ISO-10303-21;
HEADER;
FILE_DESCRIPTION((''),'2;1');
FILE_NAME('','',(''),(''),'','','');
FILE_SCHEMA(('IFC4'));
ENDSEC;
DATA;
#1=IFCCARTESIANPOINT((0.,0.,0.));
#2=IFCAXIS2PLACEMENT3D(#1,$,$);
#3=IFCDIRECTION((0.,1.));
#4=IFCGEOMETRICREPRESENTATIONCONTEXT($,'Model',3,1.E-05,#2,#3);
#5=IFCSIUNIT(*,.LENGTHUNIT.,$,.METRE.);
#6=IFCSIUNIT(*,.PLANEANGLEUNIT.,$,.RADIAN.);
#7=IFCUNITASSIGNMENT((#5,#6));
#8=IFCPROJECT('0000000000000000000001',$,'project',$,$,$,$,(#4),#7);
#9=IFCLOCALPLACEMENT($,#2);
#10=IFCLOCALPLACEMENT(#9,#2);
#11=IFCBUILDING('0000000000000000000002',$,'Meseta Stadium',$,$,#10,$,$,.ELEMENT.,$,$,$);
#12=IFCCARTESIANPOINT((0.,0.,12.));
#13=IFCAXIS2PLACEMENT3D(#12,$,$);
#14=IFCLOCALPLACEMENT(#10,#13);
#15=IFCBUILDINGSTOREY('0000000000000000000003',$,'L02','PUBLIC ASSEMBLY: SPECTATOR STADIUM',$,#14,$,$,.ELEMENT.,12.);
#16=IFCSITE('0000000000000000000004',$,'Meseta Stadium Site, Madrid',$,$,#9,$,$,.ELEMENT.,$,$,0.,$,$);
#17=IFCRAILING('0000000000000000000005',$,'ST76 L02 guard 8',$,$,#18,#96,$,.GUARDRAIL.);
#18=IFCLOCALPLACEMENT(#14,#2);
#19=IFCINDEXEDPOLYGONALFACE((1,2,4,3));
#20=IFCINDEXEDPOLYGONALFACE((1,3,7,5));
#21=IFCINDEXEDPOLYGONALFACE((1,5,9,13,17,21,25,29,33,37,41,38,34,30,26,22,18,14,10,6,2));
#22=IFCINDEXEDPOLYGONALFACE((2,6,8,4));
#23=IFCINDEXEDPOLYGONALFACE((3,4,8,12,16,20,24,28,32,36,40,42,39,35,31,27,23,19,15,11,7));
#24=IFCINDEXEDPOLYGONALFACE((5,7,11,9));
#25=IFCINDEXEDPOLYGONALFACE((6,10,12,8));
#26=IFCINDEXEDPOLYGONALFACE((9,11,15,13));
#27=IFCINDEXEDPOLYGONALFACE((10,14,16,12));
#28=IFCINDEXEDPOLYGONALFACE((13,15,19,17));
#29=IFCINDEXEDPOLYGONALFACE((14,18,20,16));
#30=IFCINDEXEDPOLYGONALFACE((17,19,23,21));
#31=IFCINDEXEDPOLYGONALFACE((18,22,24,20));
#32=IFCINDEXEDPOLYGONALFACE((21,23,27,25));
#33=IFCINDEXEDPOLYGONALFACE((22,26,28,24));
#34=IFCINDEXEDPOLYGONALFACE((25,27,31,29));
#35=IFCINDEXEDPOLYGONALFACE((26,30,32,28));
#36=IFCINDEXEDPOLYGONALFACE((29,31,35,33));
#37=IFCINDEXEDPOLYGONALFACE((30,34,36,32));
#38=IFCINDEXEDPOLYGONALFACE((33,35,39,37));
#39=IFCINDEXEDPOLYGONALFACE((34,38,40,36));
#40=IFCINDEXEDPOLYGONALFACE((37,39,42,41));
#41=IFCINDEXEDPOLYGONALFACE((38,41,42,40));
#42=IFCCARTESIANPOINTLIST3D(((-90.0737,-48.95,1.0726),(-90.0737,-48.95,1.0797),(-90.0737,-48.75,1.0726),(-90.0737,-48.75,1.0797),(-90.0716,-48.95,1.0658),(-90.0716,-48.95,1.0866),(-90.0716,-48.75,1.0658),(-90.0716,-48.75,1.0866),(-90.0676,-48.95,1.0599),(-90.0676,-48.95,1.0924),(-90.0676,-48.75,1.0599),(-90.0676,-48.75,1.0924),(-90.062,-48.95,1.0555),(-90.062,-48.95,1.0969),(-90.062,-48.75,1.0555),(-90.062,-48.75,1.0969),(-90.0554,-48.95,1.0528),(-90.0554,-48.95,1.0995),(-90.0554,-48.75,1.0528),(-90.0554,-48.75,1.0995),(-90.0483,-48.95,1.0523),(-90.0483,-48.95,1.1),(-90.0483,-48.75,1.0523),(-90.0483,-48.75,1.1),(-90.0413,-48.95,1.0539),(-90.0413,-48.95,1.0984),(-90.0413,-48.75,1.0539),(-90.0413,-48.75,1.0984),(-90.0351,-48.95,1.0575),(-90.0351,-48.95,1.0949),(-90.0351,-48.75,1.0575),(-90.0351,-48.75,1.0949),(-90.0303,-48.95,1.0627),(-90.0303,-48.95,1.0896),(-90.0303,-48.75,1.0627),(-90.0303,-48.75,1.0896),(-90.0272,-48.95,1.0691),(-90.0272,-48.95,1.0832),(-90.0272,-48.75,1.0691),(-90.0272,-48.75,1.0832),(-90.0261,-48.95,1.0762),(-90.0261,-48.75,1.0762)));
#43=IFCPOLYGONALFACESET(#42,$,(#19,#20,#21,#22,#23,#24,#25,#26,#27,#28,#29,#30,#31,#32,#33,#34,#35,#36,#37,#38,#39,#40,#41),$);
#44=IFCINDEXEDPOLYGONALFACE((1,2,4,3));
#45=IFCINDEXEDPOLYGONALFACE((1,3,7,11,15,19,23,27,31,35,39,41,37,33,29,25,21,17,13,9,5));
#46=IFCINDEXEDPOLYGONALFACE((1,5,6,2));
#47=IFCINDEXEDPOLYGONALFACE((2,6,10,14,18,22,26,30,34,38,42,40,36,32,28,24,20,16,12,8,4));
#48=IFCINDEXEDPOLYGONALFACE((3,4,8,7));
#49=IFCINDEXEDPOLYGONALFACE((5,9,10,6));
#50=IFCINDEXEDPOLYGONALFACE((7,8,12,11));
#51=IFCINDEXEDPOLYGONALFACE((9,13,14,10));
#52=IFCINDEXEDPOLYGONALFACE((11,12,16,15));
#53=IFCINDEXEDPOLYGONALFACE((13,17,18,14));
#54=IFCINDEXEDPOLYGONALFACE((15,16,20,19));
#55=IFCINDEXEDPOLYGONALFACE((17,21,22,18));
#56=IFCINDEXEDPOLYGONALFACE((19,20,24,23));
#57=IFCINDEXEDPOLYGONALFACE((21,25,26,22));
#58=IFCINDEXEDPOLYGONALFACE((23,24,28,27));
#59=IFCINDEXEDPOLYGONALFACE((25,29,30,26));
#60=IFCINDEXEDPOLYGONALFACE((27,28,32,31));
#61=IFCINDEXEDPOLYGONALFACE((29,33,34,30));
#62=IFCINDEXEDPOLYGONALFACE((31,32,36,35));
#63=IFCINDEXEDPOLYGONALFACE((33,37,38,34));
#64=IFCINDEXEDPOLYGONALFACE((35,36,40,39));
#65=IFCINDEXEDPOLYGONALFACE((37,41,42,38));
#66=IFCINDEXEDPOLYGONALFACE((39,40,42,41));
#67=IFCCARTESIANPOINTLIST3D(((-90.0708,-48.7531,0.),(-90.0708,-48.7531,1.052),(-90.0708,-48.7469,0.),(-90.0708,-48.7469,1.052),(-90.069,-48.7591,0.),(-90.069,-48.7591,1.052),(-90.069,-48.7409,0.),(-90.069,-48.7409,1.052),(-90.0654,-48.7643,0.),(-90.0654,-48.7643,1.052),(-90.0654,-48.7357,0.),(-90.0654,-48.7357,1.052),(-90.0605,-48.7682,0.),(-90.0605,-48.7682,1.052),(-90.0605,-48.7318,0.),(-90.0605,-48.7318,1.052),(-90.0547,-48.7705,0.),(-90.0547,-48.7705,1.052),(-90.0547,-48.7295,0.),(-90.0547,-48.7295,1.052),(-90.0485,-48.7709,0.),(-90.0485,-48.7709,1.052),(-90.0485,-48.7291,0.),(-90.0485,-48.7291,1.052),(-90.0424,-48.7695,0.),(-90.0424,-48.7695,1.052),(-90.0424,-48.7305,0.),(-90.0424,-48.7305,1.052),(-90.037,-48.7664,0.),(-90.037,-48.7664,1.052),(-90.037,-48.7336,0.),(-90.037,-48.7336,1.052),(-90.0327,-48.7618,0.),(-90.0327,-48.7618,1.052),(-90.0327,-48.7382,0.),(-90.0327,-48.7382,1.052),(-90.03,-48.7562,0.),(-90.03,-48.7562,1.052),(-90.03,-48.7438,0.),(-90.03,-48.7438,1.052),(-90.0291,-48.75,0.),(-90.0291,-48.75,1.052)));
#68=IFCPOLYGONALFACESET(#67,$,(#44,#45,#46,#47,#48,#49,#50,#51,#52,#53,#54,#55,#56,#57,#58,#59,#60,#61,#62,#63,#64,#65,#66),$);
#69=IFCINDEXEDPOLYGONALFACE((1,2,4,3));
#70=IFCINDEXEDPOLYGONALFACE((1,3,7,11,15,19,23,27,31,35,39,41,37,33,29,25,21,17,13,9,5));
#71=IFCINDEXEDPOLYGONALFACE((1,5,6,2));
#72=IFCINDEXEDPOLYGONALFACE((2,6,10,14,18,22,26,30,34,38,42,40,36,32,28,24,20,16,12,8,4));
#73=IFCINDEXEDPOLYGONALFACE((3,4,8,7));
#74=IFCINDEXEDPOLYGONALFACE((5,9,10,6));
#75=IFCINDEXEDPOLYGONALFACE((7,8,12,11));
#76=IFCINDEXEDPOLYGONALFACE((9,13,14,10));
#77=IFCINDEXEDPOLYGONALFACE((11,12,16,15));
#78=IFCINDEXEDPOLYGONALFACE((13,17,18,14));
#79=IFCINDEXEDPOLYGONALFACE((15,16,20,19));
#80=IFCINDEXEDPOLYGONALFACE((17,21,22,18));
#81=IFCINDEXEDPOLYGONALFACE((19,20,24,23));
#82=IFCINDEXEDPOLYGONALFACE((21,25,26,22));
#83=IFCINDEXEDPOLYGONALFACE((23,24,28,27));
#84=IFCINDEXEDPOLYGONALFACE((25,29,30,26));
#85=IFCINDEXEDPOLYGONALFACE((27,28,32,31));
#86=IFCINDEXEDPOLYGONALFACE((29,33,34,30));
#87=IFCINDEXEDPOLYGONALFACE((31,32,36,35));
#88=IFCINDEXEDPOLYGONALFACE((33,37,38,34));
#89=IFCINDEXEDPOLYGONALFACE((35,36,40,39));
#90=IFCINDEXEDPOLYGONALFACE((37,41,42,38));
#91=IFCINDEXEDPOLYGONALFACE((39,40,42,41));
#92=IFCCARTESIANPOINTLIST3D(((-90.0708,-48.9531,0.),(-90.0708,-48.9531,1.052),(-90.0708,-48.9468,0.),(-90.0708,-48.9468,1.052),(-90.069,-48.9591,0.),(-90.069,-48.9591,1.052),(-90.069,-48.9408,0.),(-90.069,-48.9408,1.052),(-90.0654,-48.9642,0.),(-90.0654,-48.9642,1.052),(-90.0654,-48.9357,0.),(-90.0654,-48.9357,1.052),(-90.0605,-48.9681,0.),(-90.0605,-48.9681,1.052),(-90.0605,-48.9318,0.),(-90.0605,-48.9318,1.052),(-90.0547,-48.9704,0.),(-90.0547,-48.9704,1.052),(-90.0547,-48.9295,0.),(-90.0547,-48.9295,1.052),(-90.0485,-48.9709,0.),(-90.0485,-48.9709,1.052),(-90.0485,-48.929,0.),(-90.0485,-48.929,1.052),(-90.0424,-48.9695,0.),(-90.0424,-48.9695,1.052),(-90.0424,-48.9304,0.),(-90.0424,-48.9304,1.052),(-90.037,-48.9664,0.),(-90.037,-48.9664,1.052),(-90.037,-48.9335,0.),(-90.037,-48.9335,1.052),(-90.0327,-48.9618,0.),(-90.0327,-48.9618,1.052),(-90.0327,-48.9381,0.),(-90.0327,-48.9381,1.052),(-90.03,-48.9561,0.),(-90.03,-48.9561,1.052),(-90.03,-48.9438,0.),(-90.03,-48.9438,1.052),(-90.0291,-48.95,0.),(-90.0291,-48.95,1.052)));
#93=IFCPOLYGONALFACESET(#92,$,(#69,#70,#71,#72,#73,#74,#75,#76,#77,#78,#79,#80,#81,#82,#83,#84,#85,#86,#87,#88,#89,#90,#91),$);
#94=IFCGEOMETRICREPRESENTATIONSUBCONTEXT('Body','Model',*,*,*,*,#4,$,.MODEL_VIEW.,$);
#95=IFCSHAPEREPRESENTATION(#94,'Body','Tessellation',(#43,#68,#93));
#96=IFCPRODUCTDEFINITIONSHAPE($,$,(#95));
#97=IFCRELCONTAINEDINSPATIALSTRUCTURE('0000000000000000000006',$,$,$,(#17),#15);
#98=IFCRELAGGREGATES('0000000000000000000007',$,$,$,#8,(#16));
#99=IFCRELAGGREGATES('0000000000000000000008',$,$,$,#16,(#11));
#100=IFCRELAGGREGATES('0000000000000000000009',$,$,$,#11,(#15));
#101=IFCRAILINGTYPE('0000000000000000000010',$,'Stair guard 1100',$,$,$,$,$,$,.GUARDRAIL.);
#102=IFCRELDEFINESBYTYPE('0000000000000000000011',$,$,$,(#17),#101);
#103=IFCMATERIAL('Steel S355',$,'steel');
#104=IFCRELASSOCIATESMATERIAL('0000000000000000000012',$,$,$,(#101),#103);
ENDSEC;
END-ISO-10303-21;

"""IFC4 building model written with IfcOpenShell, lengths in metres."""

from ifc_helpers import new_model, si_unit, direction, frame, origin, origin_2d, place, context, subcontext, project, spatial, circle, extrude, material, type_object, element, save


model = new_model("IFC4")

# Units and contexts
model_context = context("Model", 3, precision=1e-05, world=origin(), true_north=direction((0.0, 1.0)))
body_context = subcontext(model_context, "Body", "Model", "MODEL_VIEW")
ifc_project = project(units=[si_unit("LENGTHUNIT", "METRE"), si_unit("PLANEANGLEUNIT", "RADIAN")], contexts=[model_context])

# Site, building, storey
site_placement = place(None, origin())
site = spatial("IfcSite", under=ifc_project, at=site_placement, Name="Meseta Stadium Site, Madrid", CompositionType="ELEMENT", RefElevation=0.0)
building_placement = place(site_placement, origin())
building = spatial("IfcBuilding", under=site, at=building_placement, Name="Meseta Stadium", CompositionType="ELEMENT")
storey_placement = place(building_placement, frame((0.0, 0.0, 12.0)))
storey = spatial("IfcBuildingStorey", under=building, at=storey_placement, Name="L02", Description="PUBLIC ASSEMBLY: SPECTATOR STADIUM", CompositionType="ELEMENT", Elevation=12.0)

# Railing
ifc_material_1 = material(Name="Steel S355", Category="steel")
railing_type_1 = type_object("IfcRailingType", Name="Stair guard 1100", PredefinedType="GUARDRAIL", material=ifc_material_1)
railing_1_placement = place(storey_placement, frame((-90.05, -48.75, 0.0)))
element("IfcRailing", 1, at=railing_1_placement, inside=storey, type_object=railing_type_1, Name="ST76 L02 guard 8", PredefinedType="GUARDRAIL", context=body_context, shape_type="SweptSolid", body=[
    extrude(circle(Radius=0.0239, at=origin_2d()), frame((0.0, 0.0, 1.0762), z_axis=(0.0, -1.0, 0.0), x_axis=(1.0, 0.0, 0.0)), (0.0, 0.0, 1.0), 0.2),
    extrude(circle(Radius=0.021, at=origin_2d()), origin(), (0.0, 0.0, 1.0), 1.052),
    extrude(circle(Radius=0.021, at=origin_2d()), frame((0.0, -0.2, 0.0)), (0.0, 0.0, 1.0), 1.052),
])

save(model, "model.ifc")
